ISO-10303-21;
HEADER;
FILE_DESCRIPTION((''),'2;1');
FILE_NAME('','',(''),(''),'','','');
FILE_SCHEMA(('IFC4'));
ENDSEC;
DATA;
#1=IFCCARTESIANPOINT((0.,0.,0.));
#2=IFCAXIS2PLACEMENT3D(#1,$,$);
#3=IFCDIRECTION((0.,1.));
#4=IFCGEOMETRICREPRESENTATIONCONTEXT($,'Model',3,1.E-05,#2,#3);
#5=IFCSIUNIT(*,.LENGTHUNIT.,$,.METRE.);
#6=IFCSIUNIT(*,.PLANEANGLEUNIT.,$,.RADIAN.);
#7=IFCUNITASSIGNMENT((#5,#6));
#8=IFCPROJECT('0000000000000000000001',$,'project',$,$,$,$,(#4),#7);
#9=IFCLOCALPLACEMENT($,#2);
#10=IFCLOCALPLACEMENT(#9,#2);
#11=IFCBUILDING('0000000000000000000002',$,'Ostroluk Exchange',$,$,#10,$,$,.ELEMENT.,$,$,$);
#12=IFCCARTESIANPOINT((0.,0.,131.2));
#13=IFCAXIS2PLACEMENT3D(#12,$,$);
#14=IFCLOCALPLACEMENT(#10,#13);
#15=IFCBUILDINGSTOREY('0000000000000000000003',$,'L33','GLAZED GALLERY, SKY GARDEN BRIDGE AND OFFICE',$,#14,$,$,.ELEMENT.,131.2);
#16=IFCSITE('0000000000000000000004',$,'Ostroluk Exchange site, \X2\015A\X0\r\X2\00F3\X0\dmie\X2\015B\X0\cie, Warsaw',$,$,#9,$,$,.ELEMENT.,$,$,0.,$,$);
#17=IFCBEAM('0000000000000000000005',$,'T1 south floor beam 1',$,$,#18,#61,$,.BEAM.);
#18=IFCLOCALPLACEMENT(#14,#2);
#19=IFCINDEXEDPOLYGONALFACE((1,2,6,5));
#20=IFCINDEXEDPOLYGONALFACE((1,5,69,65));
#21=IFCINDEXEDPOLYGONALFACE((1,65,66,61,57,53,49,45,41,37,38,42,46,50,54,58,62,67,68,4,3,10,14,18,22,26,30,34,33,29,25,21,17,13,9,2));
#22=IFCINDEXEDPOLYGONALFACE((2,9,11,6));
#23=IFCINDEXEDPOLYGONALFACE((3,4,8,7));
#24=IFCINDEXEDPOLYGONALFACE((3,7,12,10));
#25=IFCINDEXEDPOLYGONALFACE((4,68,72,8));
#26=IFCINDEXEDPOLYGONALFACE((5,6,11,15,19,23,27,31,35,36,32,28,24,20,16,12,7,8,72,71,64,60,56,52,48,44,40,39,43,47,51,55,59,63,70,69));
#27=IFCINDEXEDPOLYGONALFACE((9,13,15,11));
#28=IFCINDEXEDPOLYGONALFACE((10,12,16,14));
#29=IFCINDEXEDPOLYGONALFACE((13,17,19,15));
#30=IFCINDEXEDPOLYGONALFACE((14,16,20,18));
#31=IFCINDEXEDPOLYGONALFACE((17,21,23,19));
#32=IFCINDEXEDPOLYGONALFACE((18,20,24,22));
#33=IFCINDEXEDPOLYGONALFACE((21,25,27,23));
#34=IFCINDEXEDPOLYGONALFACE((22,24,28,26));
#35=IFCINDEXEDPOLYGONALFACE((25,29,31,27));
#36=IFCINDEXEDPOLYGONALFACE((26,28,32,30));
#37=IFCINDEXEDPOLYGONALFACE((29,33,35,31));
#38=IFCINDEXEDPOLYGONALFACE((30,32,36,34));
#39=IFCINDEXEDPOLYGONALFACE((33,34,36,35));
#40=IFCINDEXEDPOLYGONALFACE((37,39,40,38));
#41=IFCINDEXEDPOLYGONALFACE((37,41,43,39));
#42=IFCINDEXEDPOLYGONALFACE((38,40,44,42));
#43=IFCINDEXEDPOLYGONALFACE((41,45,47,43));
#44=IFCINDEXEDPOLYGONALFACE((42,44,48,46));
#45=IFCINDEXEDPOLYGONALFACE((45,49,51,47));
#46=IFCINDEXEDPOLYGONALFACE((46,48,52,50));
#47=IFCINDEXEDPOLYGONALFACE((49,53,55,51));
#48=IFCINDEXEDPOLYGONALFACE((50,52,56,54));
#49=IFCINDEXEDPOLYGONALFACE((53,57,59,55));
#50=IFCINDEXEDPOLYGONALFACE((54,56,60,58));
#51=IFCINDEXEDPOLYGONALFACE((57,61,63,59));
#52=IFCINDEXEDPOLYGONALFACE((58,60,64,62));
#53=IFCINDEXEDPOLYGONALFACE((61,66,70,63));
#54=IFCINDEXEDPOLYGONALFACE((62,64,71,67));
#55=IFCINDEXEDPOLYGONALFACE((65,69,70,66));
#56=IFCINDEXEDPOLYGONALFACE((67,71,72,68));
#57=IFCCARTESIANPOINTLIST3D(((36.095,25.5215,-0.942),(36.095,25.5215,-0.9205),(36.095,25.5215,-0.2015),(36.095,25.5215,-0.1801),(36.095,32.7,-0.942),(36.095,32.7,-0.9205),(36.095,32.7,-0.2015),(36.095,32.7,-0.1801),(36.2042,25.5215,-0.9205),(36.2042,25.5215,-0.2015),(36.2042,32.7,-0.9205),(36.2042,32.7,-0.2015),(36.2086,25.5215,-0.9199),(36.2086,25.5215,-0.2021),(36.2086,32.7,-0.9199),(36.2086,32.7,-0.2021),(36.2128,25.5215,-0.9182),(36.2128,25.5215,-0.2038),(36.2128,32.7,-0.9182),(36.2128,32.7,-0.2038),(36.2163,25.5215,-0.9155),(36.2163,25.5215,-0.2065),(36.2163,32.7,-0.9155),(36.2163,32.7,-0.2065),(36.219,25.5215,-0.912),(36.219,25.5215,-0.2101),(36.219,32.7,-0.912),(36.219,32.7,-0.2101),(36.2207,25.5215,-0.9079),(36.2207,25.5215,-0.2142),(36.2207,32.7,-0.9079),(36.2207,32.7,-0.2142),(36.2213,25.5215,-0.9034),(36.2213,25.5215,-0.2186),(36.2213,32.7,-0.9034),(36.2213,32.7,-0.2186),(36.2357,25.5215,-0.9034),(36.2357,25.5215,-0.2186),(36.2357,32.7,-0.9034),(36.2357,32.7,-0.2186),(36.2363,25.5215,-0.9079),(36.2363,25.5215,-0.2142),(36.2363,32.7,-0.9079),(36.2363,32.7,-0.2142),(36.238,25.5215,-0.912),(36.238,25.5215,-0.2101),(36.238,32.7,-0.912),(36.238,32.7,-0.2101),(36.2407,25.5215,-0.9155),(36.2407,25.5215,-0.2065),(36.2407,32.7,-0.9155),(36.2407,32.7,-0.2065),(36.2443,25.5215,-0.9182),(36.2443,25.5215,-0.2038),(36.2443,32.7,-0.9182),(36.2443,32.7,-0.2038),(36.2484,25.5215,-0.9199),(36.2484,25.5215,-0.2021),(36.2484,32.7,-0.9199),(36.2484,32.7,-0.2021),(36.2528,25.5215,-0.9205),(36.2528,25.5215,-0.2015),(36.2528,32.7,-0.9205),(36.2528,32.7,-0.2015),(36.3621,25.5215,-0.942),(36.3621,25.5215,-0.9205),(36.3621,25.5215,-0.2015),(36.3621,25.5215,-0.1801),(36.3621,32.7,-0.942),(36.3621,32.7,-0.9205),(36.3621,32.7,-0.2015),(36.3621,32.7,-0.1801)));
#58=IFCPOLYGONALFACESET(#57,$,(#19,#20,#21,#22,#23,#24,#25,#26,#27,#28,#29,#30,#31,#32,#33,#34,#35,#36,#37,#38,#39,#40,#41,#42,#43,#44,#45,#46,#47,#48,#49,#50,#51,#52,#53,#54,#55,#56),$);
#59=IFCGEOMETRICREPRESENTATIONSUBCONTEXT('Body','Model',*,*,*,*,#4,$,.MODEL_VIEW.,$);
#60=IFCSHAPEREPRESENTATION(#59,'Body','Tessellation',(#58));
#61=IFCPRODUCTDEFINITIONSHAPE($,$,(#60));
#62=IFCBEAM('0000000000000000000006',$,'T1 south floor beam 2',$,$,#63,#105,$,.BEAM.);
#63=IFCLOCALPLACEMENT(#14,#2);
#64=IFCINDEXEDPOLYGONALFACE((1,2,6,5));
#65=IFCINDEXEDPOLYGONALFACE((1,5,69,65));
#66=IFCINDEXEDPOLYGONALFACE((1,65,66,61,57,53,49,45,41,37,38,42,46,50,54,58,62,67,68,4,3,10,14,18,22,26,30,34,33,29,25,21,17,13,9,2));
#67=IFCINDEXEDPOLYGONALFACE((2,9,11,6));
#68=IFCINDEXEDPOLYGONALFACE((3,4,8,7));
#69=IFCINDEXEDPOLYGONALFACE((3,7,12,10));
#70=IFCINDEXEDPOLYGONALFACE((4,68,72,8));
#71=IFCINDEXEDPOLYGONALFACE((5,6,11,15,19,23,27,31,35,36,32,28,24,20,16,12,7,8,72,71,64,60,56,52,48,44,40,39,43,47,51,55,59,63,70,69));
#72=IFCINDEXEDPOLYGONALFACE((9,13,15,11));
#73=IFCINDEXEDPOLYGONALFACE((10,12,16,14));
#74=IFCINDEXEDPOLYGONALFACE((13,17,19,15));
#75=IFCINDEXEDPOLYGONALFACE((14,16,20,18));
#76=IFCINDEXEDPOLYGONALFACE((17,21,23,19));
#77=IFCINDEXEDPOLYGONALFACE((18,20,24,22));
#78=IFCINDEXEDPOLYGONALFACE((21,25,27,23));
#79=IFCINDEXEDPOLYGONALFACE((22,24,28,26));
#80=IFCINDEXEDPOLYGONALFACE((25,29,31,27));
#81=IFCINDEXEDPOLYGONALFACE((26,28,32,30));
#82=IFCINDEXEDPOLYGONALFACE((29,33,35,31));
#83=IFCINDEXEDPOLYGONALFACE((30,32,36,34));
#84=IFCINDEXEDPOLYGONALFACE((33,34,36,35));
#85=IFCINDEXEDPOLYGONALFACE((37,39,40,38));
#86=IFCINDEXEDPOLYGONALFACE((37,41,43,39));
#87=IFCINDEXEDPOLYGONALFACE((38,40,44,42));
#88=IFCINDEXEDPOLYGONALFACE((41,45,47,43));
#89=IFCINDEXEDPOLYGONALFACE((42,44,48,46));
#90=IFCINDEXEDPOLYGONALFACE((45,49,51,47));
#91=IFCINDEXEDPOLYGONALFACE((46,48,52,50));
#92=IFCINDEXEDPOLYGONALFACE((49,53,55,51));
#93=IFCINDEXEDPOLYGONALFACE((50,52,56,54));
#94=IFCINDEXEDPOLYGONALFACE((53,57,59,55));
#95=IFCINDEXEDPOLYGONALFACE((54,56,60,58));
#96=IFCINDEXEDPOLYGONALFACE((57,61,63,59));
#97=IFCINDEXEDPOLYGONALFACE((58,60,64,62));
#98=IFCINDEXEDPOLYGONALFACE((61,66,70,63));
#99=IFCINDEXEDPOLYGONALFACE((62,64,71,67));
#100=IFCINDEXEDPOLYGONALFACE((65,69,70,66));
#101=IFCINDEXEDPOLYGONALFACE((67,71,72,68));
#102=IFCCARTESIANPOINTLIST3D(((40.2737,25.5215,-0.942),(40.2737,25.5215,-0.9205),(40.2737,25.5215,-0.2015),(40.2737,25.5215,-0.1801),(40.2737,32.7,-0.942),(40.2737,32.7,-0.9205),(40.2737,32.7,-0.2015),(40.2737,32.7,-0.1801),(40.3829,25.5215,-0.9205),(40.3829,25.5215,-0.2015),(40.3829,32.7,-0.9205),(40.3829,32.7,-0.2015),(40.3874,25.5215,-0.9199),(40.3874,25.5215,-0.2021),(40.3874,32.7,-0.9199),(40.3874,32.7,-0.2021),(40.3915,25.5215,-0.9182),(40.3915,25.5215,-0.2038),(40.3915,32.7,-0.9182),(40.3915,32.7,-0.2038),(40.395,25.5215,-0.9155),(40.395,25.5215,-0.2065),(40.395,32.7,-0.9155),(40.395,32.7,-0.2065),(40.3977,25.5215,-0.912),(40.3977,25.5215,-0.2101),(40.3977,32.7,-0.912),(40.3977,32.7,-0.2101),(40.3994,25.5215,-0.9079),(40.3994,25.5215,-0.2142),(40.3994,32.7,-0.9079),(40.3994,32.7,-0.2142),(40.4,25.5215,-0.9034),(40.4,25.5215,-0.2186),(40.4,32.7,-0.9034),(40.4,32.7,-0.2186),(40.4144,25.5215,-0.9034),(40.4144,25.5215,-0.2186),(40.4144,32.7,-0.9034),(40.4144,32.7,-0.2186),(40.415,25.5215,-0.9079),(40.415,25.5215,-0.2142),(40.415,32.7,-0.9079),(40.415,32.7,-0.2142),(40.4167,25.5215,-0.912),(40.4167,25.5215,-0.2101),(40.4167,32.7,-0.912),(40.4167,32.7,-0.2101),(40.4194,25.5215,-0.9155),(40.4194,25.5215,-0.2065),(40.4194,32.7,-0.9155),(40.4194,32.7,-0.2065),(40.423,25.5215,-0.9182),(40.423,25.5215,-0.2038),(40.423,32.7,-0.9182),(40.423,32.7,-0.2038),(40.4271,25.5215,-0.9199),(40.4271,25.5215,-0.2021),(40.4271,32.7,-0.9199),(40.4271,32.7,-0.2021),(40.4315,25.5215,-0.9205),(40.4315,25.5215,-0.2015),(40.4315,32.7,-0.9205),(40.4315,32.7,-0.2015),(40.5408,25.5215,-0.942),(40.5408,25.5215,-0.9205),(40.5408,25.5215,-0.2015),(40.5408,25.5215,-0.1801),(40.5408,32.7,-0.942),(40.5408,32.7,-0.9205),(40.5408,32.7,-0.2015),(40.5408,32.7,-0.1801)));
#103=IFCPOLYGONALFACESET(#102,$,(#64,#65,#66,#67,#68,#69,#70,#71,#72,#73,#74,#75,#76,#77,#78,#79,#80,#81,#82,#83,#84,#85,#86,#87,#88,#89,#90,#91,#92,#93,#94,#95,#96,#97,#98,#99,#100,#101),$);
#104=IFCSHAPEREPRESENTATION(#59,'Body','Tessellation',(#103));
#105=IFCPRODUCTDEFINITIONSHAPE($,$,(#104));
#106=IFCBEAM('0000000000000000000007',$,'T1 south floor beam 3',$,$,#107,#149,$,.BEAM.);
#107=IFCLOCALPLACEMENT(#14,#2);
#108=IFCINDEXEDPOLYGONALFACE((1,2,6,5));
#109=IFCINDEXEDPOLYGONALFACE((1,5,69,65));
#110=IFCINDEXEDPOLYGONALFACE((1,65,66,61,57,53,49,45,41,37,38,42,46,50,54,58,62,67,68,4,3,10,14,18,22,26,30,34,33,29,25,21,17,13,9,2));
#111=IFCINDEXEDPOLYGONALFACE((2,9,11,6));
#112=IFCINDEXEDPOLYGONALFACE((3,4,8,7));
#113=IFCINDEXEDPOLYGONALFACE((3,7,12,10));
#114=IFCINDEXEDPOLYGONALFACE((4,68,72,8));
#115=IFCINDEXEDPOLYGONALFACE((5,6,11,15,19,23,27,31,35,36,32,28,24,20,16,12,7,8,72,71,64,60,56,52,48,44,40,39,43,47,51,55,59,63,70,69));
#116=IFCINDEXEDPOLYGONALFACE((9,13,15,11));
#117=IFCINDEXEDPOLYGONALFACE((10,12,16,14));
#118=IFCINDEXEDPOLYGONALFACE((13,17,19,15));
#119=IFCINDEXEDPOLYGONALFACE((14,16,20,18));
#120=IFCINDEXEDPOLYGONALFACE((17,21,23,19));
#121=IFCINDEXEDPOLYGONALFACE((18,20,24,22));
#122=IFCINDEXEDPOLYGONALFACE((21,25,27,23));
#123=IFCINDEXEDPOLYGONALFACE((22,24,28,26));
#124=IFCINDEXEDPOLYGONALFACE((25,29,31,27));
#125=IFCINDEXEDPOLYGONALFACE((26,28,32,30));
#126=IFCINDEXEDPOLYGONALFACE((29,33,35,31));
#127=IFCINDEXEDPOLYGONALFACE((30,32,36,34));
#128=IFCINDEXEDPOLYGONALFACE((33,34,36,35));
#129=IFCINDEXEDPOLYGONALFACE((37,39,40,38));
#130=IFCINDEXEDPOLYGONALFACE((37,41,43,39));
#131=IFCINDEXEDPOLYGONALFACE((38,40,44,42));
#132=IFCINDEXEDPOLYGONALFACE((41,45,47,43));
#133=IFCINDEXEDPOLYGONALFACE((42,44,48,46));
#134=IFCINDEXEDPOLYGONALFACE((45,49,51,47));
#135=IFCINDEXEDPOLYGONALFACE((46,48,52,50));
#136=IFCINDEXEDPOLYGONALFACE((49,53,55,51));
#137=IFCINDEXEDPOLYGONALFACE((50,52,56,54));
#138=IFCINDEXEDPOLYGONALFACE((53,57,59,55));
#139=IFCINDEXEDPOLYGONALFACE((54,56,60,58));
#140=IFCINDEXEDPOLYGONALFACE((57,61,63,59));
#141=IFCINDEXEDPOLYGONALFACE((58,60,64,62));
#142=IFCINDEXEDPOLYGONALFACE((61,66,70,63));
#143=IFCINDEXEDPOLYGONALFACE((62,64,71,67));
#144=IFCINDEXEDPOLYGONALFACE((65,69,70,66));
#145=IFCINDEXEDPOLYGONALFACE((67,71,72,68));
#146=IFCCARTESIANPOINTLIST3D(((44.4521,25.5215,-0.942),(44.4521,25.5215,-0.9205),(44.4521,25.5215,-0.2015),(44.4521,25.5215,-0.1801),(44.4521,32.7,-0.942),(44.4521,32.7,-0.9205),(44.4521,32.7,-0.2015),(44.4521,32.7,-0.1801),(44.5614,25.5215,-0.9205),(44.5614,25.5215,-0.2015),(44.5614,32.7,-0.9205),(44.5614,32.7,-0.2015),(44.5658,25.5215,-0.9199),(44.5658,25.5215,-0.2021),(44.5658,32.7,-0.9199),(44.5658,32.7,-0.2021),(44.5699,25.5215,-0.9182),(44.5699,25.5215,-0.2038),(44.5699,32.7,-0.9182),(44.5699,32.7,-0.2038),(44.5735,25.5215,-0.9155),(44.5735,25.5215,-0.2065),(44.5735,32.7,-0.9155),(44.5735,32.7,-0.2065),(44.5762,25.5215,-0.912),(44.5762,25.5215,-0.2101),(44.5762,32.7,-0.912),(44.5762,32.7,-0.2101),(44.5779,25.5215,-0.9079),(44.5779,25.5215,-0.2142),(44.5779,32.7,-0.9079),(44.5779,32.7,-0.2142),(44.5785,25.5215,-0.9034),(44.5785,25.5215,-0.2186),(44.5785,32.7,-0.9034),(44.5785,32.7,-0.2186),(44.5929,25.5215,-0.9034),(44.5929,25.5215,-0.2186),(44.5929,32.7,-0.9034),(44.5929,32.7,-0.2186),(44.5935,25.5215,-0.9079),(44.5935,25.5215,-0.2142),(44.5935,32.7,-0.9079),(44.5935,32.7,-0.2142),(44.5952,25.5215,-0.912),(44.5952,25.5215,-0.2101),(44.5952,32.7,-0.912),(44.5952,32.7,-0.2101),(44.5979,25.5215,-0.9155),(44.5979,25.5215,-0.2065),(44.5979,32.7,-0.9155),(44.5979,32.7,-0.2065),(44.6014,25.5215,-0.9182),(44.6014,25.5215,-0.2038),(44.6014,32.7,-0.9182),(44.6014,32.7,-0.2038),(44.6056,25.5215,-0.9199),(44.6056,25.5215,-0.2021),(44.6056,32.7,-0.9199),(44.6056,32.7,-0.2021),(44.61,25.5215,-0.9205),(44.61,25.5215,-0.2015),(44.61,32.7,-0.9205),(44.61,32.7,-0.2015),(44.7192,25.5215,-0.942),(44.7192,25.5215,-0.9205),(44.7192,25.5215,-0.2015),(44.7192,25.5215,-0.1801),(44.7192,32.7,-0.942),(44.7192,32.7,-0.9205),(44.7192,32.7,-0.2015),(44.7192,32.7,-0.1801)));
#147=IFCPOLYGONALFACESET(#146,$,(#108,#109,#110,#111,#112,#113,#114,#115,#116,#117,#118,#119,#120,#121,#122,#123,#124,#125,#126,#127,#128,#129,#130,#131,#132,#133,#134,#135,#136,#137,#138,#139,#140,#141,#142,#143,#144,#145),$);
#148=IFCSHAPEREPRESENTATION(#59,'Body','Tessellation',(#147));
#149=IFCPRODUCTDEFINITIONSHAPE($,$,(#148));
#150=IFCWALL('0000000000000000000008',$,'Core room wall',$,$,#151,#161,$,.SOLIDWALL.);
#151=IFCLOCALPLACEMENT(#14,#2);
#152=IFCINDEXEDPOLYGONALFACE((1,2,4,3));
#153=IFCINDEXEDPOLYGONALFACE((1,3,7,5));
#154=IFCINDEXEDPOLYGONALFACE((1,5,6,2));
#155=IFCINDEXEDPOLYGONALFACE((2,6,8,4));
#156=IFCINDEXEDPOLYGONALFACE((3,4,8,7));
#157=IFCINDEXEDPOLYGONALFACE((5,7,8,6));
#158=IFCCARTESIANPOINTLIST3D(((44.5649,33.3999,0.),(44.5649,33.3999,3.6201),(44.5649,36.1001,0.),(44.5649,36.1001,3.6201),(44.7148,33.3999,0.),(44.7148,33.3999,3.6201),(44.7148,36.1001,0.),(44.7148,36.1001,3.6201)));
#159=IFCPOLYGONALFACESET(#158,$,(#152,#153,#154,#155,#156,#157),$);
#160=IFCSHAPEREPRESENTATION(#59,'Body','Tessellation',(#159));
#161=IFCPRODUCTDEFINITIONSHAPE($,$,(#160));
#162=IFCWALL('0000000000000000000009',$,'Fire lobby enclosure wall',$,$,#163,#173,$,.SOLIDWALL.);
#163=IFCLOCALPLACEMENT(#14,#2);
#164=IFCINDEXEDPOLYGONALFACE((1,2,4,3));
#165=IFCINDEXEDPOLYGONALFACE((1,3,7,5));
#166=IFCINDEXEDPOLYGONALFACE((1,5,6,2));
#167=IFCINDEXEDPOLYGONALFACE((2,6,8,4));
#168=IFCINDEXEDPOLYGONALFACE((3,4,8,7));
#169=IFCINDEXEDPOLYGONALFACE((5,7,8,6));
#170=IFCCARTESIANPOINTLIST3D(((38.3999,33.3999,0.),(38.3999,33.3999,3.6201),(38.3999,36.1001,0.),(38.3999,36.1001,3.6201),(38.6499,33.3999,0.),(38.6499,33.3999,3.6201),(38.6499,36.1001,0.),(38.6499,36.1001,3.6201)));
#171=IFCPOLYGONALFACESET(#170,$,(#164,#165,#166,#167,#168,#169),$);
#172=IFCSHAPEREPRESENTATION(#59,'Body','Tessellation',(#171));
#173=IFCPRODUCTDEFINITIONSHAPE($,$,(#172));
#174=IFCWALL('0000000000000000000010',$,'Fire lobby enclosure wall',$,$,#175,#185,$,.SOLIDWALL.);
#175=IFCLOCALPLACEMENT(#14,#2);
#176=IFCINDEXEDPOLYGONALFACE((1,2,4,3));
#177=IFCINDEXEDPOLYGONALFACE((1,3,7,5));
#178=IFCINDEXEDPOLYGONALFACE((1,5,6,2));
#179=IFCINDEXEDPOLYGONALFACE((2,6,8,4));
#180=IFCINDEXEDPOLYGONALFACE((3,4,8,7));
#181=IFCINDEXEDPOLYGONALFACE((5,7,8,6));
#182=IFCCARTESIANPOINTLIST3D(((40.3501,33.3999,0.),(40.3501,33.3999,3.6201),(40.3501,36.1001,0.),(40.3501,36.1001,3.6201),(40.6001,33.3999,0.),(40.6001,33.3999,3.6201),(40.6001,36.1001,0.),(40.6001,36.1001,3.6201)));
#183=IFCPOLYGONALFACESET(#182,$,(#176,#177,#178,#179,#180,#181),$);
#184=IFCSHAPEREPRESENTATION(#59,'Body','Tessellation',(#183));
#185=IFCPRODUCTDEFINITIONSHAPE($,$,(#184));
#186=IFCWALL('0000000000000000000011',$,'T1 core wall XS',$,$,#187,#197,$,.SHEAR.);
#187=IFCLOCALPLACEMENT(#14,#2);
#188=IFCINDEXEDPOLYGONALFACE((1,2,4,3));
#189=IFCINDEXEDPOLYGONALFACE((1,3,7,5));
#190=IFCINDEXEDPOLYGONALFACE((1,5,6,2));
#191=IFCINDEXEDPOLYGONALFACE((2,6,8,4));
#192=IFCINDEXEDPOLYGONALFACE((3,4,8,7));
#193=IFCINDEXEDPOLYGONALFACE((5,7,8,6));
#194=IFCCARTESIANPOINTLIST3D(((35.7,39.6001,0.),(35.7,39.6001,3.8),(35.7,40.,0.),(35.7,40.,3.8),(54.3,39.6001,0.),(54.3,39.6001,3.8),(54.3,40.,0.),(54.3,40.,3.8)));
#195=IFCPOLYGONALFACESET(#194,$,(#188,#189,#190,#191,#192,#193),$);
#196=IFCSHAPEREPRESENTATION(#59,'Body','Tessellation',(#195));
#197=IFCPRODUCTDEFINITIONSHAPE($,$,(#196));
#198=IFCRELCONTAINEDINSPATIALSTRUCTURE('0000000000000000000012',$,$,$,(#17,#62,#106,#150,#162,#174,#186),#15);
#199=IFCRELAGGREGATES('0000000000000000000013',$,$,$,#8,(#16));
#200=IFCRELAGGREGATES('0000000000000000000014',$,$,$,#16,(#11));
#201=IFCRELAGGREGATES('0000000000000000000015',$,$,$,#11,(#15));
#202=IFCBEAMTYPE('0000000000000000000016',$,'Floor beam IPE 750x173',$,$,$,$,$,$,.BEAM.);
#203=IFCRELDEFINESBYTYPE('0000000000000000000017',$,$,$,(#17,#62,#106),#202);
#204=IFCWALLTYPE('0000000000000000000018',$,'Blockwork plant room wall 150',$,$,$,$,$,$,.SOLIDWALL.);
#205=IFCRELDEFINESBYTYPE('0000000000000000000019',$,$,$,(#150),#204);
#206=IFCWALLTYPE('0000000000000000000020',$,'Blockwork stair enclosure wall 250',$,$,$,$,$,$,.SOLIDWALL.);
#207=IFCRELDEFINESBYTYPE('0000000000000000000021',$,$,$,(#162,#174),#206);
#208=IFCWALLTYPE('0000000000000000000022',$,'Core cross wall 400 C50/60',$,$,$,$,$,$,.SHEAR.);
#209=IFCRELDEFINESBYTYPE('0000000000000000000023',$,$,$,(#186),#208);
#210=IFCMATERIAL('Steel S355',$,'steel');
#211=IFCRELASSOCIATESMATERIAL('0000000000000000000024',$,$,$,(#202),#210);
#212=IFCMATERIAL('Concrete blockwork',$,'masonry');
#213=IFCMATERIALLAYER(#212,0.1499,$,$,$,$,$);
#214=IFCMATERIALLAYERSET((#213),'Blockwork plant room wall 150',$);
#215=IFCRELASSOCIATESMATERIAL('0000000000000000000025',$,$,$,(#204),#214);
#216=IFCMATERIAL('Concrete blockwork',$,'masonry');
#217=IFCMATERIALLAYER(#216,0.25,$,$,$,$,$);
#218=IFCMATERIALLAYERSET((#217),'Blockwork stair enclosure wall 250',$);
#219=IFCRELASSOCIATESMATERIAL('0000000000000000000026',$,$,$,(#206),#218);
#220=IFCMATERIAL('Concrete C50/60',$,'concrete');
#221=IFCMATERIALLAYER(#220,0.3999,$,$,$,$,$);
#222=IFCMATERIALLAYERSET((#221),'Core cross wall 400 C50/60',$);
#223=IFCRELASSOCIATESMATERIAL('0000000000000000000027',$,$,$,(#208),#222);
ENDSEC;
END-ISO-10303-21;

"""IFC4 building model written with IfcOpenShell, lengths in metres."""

from ifc_helpers import new_model, si_unit, direction, frame, frame_2d, origin, origin_2d, place, context, subcontext, project, spatial, rectangle, i_section, extrude, material, layer, layer_set, material_profile, profile_set, type_object, element, save


model = new_model("IFC4")

# Units and contexts
model_context = context("Model", 3, precision=1e-05, world=origin(), true_north=direction((0.0, 1.0)))
body_context = subcontext(model_context, "Body", "Model", "MODEL_VIEW")
ifc_project = project(units=[si_unit("LENGTHUNIT", "METRE"), si_unit("PLANEANGLEUNIT", "RADIAN")], contexts=[model_context])

# Site, building, storey
site_placement = place(None, origin())
site = spatial("IfcSite", under=ifc_project, at=site_placement, Name="Ostroluk Exchange site, Śródmieście, Warsaw", CompositionType="ELEMENT", RefElevation=0.0)
building_placement = place(site_placement, origin())
building = spatial("IfcBuilding", under=site, at=building_placement, Name="Ostroluk Exchange", CompositionType="ELEMENT")
storey_placement = place(building_placement, frame((0.0, 0.0, 131.2)))
storey = spatial("IfcBuildingStorey", under=building, at=storey_placement, Name="L33", Description="GLAZED GALLERY, SKY GARDEN BRIDGE AND OFFICE", CompositionType="ELEMENT", Elevation=131.2)

# Beams
ifc_material_1 = material(Name="Steel S355", Category="steel")
ifc_material_profile = material_profile(ifc_material_1, i_section(OverallWidth=0.2671, OverallDepth=0.762, WebThickness=0.0144, FlangeThickness=0.0215, FilletRadius=0.0171, at=origin_2d()), Name="IPE 750x173")
ifc_profile_set = profile_set([ifc_material_profile], Name="Steel S355")
beam_type = type_object("IfcBeamType", Name="Floor beam IPE 750x173", PredefinedType="BEAM", material=ifc_profile_set)
for number, where, z_axis, x_axis, name in (
    (1, (36.2285, 32.7, -0.561), (0.0, -1.0, 0.0), (1.0, 0.0, 0.0), "T1 south floor beam 1"),
    (2, (40.4072, 32.7, -0.561), (0.0, -1.0, 0.0), (1.0, 0.0, 0.0), "T1 south floor beam 2"),
    (3, (44.5857, 32.7, -0.561), (0.0, -1.0, 0.0), (1.0, 0.0, 0.0), "T1 south floor beam 3"),
):
    element("IfcBeam", number, at=place(storey_placement, frame(where, z_axis=z_axis, x_axis=x_axis)), inside=storey, type_object=beam_type, Name=name, PredefinedType="BEAM", context=body_context, shape_type="SweptSolid", body=[
        extrude(i_section(OverallWidth=0.2671, OverallDepth=0.762, WebThickness=0.0144, FlangeThickness=0.0215, FilletRadius=0.0171, at=origin_2d()), origin(), (0.0, 0.0, 1.0), 7.1785),
    ])

# Walls
ifc_material_2 = material(Name="Concrete blockwork", Category="masonry")
ifc_layer_1 = layer(ifc_material_2, 0.1499)
ifc_layer_set_1 = layer_set([ifc_layer_1], Name="Blockwork plant room wall 150")
wall_type_1 = type_object("IfcWallType", Name="Blockwork plant room wall 150", PredefinedType="SOLIDWALL", material=ifc_layer_set_1)
wall_1_placement = place(storey_placement, frame((44.6399, 33.3999, 0.0), z_axis=(0.0, 0.0, 1.0), x_axis=(0.0, 1.0, 0.0)))
element("IfcWall", 4, at=wall_1_placement, inside=storey, type_object=wall_type_1, Name="Core room wall", PredefinedType="SOLIDWALL", context=body_context, shape_type="SweptSolid", body=[
    extrude(rectangle(XDim=2.7002, YDim=0.1499, at=frame_2d((1.3501, 0.0))), origin(), (0.0, 0.0, 1.0), 3.6201),
])
ifc_material_3 = material(Name="Concrete blockwork", Category="masonry")
ifc_layer_2 = layer(ifc_material_3, 0.25)
ifc_layer_set_2 = layer_set([ifc_layer_2], Name="Blockwork stair enclosure wall 250")
wall_type_2 = type_object("IfcWallType", Name="Blockwork stair enclosure wall 250", PredefinedType="SOLIDWALL", material=ifc_layer_set_2)
for number, where, z_axis, x_axis, name in (
    (5, (38.5249, 33.3999, 0.0), (0.0, 0.0, 1.0), (0.0, 1.0, 0.0), "Fire lobby enclosure wall"),
    (6, (40.4751, 33.3999, 0.0), (0.0, 0.0, 1.0), (0.0, 1.0, 0.0), "Fire lobby enclosure wall"),
):
    element("IfcWall", number, at=place(storey_placement, frame(where, z_axis=z_axis, x_axis=x_axis)), inside=storey, type_object=wall_type_2, Name=name, PredefinedType="SOLIDWALL", context=body_context, shape_type="SweptSolid", body=[
        extrude(rectangle(XDim=2.7002, YDim=0.25, at=frame_2d((1.3501, 0.0))), origin(), (0.0, 0.0, 1.0), 3.6201),
    ])
ifc_material_4 = material(Name="Concrete C50/60", Category="concrete")
ifc_layer_3 = layer(ifc_material_4, 0.3999)
ifc_layer_set_3 = layer_set([ifc_layer_3], Name="Core cross wall 400 C50/60")
wall_type_3 = type_object("IfcWallType", Name="Core cross wall 400 C50/60", PredefinedType="SHEAR", material=ifc_layer_set_3)
wall_2_placement = place(storey_placement, frame((35.7, 39.8, 0.0), z_axis=(0.0, 0.0, 1.0), x_axis=(1.0, 0.0, 0.0)))
element("IfcWall", 7, at=wall_2_placement, inside=storey, type_object=wall_type_3, Name="T1 core wall XS", PredefinedType="SHEAR", context=body_context, shape_type="SweptSolid", body=[
    extrude(rectangle(XDim=18.6001, YDim=0.3999, at=frame_2d((9.3, 0.0))), origin(), (0.0, 0.0, 1.0), 3.8),
])

save(model, "model.ifc")
